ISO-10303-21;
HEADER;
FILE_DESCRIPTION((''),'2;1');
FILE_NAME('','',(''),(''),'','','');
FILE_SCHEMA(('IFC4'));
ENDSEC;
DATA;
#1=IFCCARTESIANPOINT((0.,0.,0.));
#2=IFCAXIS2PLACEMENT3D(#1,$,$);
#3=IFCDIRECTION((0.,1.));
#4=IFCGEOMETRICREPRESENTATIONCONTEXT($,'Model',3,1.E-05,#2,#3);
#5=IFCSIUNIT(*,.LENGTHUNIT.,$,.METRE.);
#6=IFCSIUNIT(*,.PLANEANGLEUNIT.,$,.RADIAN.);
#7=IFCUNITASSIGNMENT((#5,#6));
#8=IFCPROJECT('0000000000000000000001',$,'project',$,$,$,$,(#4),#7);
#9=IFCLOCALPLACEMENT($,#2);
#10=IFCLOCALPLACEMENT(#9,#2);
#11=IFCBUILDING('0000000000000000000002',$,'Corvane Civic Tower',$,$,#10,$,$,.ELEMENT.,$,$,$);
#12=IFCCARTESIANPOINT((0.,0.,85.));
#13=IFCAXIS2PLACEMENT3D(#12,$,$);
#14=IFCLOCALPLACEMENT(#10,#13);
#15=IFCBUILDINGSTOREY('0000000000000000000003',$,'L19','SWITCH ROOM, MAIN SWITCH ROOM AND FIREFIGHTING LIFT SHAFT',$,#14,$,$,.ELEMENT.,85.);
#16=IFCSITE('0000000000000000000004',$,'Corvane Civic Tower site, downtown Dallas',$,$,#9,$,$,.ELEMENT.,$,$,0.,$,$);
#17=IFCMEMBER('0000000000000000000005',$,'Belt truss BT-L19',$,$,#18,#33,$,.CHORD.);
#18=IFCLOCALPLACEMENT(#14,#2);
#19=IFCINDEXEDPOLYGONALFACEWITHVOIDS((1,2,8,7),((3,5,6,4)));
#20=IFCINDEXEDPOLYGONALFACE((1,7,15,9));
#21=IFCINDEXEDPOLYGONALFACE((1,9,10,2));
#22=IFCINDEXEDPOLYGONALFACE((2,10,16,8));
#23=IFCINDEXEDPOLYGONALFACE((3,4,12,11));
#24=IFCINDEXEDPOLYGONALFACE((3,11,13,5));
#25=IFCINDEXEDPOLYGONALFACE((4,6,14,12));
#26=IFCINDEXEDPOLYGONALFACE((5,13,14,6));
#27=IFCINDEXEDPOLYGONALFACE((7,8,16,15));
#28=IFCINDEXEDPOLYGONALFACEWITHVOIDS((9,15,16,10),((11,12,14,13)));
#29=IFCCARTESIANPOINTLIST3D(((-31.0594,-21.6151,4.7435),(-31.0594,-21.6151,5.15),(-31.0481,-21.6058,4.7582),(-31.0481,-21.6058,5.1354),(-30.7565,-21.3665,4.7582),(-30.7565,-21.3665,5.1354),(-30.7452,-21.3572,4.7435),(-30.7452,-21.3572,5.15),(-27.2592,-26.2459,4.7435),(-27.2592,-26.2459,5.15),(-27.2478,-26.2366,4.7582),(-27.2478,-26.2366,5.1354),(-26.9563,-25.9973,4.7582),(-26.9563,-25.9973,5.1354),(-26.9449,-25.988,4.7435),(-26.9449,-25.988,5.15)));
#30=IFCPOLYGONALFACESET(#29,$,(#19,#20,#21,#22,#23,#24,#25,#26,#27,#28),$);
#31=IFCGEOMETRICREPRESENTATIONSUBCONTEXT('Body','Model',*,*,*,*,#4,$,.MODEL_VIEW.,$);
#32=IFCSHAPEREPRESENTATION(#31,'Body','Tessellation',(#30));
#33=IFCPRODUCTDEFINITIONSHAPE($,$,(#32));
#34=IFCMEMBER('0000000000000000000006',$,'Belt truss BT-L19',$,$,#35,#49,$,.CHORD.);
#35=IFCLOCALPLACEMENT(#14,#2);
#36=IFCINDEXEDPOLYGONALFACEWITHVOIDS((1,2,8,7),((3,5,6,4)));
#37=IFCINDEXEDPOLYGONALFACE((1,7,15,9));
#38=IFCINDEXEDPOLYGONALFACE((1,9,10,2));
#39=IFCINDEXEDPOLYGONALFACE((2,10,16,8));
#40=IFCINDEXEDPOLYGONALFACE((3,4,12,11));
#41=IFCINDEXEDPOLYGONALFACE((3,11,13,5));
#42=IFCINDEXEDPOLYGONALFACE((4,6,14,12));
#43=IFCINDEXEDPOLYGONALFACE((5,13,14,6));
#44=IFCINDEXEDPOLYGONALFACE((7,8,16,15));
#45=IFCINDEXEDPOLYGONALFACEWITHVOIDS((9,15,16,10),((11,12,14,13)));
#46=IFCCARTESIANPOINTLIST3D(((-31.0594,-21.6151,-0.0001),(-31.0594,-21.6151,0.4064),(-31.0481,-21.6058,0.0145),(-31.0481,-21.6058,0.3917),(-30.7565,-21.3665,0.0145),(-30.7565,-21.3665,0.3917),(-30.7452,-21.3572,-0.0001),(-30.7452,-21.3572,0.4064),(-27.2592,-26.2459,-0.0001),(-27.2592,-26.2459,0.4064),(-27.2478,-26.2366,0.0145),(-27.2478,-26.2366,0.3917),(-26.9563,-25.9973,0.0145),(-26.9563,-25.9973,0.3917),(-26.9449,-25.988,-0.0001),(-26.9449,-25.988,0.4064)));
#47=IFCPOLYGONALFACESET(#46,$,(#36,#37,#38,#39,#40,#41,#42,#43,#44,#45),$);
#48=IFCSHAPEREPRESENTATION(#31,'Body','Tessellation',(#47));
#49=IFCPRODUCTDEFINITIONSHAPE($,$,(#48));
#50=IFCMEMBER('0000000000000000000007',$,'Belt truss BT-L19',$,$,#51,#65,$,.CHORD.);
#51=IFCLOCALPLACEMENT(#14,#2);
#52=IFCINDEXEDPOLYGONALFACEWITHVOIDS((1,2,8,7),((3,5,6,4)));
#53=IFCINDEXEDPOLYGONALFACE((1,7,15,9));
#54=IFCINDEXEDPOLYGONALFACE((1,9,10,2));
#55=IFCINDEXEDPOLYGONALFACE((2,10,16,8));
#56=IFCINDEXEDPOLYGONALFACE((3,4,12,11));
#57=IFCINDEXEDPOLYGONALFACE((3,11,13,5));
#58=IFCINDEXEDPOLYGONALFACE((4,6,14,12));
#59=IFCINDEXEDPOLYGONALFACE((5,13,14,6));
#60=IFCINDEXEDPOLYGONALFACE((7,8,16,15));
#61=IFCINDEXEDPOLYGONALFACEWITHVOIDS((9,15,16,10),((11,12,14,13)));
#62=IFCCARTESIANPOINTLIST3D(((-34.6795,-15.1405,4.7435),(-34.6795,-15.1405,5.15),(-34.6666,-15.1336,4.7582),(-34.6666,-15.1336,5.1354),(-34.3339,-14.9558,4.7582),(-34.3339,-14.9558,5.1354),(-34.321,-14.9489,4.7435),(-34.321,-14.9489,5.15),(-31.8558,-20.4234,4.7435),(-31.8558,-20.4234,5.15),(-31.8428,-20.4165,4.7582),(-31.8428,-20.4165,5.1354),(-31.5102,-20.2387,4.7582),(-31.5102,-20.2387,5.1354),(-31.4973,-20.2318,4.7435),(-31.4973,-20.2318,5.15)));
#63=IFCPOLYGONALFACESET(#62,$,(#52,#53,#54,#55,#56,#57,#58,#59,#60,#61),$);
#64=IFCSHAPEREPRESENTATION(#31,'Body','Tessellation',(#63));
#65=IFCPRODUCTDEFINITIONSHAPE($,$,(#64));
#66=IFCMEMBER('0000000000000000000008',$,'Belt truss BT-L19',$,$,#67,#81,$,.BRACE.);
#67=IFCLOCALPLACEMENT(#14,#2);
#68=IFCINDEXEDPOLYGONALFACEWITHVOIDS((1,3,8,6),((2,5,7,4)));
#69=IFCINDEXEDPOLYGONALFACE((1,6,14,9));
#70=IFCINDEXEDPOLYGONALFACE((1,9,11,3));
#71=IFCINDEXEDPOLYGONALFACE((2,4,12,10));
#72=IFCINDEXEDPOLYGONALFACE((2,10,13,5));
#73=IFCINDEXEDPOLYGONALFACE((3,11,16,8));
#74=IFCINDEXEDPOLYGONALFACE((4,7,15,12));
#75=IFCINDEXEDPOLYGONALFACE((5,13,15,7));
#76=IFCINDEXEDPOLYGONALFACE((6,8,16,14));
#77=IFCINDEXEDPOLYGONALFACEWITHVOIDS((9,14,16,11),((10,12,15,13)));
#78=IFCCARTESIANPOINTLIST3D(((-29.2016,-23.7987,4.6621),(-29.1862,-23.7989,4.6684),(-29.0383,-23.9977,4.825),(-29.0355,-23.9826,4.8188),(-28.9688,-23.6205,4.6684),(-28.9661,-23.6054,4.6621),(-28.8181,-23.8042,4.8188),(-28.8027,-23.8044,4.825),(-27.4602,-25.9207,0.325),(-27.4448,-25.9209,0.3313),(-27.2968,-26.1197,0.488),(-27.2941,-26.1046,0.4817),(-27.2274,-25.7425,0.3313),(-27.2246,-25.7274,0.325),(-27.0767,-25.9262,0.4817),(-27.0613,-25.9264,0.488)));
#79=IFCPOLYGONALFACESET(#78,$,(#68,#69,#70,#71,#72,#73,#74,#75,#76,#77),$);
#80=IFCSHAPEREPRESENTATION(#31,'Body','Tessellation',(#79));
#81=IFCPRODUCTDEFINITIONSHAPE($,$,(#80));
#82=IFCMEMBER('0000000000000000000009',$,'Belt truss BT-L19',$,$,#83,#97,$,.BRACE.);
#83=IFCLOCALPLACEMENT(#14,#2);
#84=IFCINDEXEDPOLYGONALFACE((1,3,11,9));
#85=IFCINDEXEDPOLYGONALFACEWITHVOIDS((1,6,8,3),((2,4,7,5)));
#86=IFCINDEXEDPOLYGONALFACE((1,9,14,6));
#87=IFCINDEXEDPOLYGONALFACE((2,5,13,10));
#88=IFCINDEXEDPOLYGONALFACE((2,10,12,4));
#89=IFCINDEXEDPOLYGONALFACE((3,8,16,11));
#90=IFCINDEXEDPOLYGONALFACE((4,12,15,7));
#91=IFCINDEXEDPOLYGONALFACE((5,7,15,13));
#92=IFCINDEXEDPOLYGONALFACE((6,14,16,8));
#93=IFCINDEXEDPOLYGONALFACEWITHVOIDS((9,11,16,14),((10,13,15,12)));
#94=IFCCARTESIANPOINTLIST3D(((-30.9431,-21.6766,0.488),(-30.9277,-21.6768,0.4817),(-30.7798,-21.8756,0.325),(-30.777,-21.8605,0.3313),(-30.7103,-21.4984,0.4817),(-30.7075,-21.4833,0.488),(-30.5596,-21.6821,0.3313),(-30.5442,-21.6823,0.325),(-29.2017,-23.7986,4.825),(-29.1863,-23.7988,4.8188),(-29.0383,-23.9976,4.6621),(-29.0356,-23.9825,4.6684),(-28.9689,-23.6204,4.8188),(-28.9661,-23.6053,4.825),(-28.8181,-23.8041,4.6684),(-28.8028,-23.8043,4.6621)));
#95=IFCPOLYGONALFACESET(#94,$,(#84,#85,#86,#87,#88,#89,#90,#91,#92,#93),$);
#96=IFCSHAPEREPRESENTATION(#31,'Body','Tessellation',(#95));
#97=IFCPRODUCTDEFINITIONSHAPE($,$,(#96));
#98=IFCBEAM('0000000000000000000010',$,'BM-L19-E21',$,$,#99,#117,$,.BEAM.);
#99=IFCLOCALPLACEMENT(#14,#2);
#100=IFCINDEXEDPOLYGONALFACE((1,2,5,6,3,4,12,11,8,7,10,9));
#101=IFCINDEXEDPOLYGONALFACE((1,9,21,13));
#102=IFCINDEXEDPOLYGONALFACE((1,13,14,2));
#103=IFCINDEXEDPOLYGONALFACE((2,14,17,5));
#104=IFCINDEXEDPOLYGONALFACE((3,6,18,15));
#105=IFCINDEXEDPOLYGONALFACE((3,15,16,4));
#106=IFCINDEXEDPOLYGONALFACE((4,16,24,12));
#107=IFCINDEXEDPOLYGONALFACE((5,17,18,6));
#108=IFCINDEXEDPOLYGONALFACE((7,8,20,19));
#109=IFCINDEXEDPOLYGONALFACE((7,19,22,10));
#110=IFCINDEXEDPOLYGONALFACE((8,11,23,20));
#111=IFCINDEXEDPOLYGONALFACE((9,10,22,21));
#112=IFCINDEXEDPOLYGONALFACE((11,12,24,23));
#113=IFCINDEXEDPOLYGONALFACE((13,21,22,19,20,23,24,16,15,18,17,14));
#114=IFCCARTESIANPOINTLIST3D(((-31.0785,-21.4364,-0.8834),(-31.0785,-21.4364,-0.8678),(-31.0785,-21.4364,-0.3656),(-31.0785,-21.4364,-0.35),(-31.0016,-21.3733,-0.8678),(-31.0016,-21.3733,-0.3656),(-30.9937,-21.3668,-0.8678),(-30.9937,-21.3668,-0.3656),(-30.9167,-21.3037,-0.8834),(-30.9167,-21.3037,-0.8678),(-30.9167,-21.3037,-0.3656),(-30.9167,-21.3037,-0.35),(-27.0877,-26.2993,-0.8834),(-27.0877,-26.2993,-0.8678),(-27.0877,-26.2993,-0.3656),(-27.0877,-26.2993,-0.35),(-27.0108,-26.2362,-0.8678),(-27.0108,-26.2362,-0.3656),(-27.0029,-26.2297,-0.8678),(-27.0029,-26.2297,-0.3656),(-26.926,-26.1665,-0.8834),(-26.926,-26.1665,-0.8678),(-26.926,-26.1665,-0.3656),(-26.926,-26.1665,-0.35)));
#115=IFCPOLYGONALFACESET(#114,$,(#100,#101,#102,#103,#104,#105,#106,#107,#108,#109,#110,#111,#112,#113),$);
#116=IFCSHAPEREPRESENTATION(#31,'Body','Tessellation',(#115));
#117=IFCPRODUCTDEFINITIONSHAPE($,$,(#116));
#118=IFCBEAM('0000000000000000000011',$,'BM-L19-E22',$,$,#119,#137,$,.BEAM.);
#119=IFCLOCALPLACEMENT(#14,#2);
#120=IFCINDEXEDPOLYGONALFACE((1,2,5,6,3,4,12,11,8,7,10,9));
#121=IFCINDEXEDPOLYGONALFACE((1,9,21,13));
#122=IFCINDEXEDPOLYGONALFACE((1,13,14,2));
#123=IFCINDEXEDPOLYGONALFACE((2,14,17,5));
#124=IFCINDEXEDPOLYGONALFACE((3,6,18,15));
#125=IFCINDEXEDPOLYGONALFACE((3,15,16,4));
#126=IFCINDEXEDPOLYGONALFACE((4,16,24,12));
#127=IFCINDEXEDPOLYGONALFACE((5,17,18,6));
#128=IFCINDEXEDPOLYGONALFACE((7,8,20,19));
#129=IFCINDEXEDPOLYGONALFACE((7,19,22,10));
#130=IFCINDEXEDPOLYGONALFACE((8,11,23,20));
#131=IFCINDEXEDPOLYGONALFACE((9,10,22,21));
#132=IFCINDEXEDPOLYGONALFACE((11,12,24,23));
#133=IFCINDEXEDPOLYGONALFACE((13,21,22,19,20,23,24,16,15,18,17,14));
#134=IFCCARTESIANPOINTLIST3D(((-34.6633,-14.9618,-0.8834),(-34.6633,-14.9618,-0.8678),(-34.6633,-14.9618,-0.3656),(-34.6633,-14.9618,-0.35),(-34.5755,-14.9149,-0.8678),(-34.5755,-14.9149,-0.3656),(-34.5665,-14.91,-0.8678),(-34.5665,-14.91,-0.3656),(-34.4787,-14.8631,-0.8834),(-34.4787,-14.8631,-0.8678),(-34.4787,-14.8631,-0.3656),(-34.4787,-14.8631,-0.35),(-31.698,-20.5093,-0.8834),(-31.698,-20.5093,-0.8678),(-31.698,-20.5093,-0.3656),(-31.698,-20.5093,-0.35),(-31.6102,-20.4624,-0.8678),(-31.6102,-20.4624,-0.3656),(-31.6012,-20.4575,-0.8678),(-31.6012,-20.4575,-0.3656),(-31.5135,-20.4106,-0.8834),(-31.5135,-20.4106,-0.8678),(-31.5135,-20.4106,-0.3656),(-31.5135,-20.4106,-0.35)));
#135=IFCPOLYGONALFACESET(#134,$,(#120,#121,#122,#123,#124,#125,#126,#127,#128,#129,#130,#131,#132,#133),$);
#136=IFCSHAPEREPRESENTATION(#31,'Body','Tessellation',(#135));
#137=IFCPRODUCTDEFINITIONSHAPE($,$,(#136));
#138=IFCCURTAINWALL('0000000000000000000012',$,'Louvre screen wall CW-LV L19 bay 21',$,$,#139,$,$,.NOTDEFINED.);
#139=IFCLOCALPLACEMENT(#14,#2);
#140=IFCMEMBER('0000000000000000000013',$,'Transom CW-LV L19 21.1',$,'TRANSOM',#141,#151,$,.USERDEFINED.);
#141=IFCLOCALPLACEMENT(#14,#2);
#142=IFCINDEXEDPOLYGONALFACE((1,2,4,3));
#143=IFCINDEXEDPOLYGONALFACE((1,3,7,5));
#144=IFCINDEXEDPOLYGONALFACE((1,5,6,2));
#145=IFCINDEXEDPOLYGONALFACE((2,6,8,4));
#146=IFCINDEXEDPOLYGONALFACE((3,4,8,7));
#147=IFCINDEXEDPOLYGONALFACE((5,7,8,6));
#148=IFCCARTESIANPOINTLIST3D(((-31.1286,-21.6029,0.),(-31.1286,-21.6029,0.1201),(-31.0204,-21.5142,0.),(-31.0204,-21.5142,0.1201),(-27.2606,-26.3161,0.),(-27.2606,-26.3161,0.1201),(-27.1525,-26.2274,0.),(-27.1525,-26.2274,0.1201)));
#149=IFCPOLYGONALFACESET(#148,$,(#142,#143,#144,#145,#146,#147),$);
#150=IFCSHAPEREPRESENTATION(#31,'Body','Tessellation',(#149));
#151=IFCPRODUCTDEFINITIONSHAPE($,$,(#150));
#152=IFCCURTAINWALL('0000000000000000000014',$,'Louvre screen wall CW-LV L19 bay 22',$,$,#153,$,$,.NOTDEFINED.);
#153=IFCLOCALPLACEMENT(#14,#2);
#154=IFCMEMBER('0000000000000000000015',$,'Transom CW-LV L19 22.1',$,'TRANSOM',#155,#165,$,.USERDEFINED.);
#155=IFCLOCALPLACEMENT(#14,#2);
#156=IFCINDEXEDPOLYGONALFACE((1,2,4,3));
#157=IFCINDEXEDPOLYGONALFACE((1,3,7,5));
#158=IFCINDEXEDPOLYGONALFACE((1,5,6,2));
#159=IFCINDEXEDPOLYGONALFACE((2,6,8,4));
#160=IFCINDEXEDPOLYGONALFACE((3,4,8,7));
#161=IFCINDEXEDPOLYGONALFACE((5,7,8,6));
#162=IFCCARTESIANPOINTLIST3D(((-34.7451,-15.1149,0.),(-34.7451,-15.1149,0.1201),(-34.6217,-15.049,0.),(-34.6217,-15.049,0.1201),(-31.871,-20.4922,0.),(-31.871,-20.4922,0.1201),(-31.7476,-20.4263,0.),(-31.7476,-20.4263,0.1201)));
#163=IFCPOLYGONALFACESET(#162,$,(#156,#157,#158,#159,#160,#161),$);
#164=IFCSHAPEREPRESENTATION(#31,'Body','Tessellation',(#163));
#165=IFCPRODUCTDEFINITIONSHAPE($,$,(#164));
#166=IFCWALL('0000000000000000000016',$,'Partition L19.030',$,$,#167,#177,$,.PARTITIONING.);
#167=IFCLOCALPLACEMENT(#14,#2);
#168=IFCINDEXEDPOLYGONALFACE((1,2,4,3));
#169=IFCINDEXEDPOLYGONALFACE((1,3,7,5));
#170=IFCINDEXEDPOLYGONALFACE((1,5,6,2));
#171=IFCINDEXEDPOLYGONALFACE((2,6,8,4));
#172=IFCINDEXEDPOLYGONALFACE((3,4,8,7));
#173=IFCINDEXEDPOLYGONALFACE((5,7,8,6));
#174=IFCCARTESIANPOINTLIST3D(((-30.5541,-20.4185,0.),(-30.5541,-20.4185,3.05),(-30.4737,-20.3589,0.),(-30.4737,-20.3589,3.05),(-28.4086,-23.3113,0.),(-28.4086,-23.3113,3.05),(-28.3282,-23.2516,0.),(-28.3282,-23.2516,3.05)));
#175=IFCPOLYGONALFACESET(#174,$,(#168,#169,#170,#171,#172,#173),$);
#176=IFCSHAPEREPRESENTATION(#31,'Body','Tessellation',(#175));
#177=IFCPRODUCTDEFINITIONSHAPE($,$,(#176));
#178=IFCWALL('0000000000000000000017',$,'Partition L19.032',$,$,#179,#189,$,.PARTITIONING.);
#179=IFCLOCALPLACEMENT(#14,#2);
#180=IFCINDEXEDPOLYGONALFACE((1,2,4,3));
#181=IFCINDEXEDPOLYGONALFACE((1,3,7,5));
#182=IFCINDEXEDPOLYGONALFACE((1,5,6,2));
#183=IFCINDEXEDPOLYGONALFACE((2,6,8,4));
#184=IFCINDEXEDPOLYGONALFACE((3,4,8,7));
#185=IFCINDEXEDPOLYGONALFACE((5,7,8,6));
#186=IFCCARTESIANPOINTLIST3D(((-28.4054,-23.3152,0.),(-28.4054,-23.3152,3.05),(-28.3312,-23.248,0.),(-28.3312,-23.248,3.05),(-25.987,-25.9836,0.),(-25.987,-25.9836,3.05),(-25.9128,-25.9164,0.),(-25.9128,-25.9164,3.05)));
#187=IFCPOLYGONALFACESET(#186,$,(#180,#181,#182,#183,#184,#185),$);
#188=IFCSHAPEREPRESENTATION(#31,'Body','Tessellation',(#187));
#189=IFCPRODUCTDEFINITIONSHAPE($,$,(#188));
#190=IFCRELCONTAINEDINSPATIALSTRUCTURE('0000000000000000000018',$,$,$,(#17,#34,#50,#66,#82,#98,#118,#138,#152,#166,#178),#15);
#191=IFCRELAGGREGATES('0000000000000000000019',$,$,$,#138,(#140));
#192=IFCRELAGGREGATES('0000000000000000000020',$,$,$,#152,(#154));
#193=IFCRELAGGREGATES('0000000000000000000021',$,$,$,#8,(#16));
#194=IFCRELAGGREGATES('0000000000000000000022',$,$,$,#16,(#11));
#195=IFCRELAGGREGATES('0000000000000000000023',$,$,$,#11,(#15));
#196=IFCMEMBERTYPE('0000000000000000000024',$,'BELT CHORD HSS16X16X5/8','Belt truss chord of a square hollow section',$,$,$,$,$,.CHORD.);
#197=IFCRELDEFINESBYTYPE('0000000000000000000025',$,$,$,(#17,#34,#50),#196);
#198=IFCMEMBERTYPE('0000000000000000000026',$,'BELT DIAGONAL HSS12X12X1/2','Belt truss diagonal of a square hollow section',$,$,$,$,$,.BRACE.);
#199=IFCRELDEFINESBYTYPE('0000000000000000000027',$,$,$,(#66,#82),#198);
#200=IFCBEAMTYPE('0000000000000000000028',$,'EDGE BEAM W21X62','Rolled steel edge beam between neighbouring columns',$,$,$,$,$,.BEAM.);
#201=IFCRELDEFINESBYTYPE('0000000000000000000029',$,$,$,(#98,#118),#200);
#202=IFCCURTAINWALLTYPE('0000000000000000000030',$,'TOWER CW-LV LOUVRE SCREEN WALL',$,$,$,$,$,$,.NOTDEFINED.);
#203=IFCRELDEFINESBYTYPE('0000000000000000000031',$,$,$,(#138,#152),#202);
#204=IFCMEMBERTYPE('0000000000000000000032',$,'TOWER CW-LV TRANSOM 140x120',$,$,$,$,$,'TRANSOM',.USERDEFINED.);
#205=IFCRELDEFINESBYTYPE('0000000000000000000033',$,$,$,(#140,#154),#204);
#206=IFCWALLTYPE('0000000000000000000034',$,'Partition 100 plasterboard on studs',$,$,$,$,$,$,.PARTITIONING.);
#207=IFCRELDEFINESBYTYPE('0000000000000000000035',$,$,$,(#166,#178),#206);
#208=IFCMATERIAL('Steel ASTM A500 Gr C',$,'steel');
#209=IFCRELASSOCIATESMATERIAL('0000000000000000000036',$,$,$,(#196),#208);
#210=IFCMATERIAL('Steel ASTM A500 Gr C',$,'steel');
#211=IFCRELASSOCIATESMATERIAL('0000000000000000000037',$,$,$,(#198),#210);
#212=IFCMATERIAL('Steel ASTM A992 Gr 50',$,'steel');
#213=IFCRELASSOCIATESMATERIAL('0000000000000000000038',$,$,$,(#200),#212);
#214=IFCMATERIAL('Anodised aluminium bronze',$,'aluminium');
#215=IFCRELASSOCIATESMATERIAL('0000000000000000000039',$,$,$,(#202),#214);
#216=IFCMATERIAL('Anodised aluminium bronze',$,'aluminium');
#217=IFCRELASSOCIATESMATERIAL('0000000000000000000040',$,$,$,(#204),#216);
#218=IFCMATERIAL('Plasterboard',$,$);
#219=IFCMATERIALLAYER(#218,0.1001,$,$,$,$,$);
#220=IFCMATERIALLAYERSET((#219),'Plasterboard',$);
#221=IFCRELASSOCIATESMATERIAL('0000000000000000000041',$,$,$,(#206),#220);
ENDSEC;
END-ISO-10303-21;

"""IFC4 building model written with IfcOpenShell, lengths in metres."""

from ifc_helpers import new_model, si_unit, direction, frame, frame_2d, origin, origin_2d, place, context, subcontext, project, spatial, rectangle, hollow_rectangle, i_section, extrude, material, layer, layer_set, material_profile, profile_set, type_object, element, aggregate, save


model = new_model("IFC4")

# Units and contexts
model_context = context("Model", 3, precision=1e-05, world=origin(), true_north=direction((0.0, 1.0)))
body_context = subcontext(model_context, "Body", "Model", "MODEL_VIEW")
ifc_project = project(units=[si_unit("LENGTHUNIT", "METRE"), si_unit("PLANEANGLEUNIT", "RADIAN")], contexts=[model_context])

# Site, building, storey
site_placement = place(None, origin())
site = spatial("IfcSite", under=ifc_project, at=site_placement, Name="Corvane Civic Tower site, downtown Dallas", CompositionType="ELEMENT", RefElevation=0.0)
building_placement = place(site_placement, origin())
building = spatial("IfcBuilding", under=site, at=building_placement, Name="Corvane Civic Tower", CompositionType="ELEMENT")
storey_placement = place(building_placement, frame((0.0, 0.0, 85.0)))
storey = spatial("IfcBuildingStorey", under=building, at=storey_placement, Name="L19", Description="SWITCH ROOM, MAIN SWITCH ROOM AND FIREFIGHTING LIFT SHAFT", CompositionType="ELEMENT", Elevation=85.0)

# Members
ifc_material_1 = material(Name="Steel ASTM A500 Gr C", Category="steel")
ifc_material_profile_1 = material_profile(ifc_material_1, hollow_rectangle(XDim=0.4065, YDim=0.4065, WallThickness=0.0146, at=origin_2d()), Name="HSS16X16X5/8")
ifc_profile_set_1 = profile_set([ifc_material_profile_1], Name="Steel ASTM A500 Gr C")
member_type_1 = type_object("IfcMemberType", Name="BELT CHORD HSS16X16X5/8", Description="Belt truss chord of a square hollow section", PredefinedType="CHORD", material=ifc_profile_set_1)
for number, where, z_axis, x_axis, name in (
    (1, (-27.1021, -26.1169, 4.9468), (-0.634378, 0.773023, 0.0), (-0.773023, -0.634378, 0.0), "Belt truss BT-L19"),
    (2, (-27.1021, -26.1169, 0.2031), (-0.634378, 0.773023, 0.0), (-0.773023, -0.634378, 0.0), "Belt truss BT-L19"),
):
    element("IfcMember", number, at=place(storey_placement, frame(where, z_axis=z_axis, x_axis=x_axis)), inside=storey, type_object=member_type_1, Name=name, PredefinedType="CHORD", context=body_context, shape_type="SweptSolid", body=[
        extrude(hollow_rectangle(XDim=0.4065, YDim=0.4065, WallThickness=0.0146, at=origin_2d()), origin(), (0.0, 0.0, 1.0), 5.9905),
    ])
member_1_placement = place(storey_placement, frame((-31.6765, -20.3276, 4.9468), z_axis=(-0.471388, 0.881926, 0.0), x_axis=(-0.881926, -0.471388, 0.0)))
element("IfcMember", 3, at=member_1_placement, inside=storey, type_object=member_type_1, Name="Belt truss BT-L19", PredefinedType="CHORD", context=body_context, shape_type="SweptSolid", body=[
    extrude(hollow_rectangle(XDim=0.4065, YDim=0.4065, WallThickness=0.0146, at=origin_2d()), origin(), (0.0, 0.0, 1.0), 5.9902),
])
ifc_material_2 = material(Name="Steel ASTM A500 Gr C", Category="steel")
ifc_material_profile_2 = material_profile(ifc_material_2, hollow_rectangle(XDim=0.3047, YDim=0.3047, WallThickness=0.0117, at=origin_2d()), Name="HSS12X12X1/2")
ifc_profile_set_2 = profile_set([ifc_material_profile_2], Name="Steel ASTM A500 Gr C")
member_type_2 = type_object("IfcMemberType", Name="BELT DIAGONAL HSS12X12X1/2", Description="Belt truss diagonal of a square hollow section", PredefinedType="BRACE", material=ifc_profile_set_2)
for number, where, z_axis, x_axis, name in (
    (4, (-27.2607, -25.9236, 0.4065), (-0.339272, 0.413424, 0.84497), (-0.773025, -0.634375, 0.0), "Belt truss BT-L19"),
    (5, (-30.7437, -21.6794, 0.4065), (0.339272, -0.413424, 0.84497), (0.773025, 0.634375, 0.0), "Belt truss BT-L19"),
):
    element("IfcMember", number, at=place(storey_placement, frame(where, z_axis=z_axis, x_axis=x_axis)), inside=storey, type_object=member_type_2, Name=name, PredefinedType="BRACE", context=body_context, shape_type="SweptSolid", body=[
        extrude(hollow_rectangle(XDim=0.3047, YDim=0.3047, WallThickness=0.0117, at=origin_2d()), origin(), (0.0, 0.0, 1.0), 5.1328),
    ])

# Beams
ifc_material_3 = material(Name="Steel ASTM A992 Gr 50", Category="steel")
ifc_material_profile_3 = material_profile(ifc_material_3, i_section(OverallWidth=0.2092, OverallDepth=0.5334, WebThickness=0.0103, FlangeThickness=0.0156, at=origin_2d()), Name="W21X62")
ifc_profile_set_3 = profile_set([ifc_material_profile_3], Name="Steel ASTM A992 Gr 50")
beam_type = type_object("IfcBeamType", Name="EDGE BEAM W21X62", Description="Rolled steel edge beam between neighbouring columns", PredefinedType="BEAM", material=ifc_profile_set_3)
beam_1_placement = place(storey_placement, frame((-27.0068, -26.2329, -0.6167), z_axis=(-0.634387, 0.773016, 0.0), x_axis=(-0.773016, -0.634387, 0.0)))
element("IfcBeam", 6, at=beam_1_placement, inside=storey, type_object=beam_type, Name="BM-L19-E21", PredefinedType="BEAM", context=body_context, shape_type="SweptSolid", body=[
    extrude(i_section(OverallWidth=0.2092, OverallDepth=0.5334, WebThickness=0.0103, FlangeThickness=0.0156, at=origin_2d()), origin(), (0.0, 0.0, 1.0), 6.2908),
])
beam_2_placement = place(storey_placement, frame((-31.6057, -20.46, -0.6167), z_axis=(-0.471406, 0.881916, 0.0), x_axis=(-0.881916, -0.471406, 0.0)))
element("IfcBeam", 7, at=beam_2_placement, inside=storey, type_object=beam_type, Name="BM-L19-E22", PredefinedType="BEAM", context=body_context, shape_type="SweptSolid", body=[
    extrude(i_section(OverallWidth=0.2092, OverallDepth=0.5334, WebThickness=0.0103, FlangeThickness=0.0156, at=origin_2d()), origin(), (0.0, 0.0, 1.0), 6.2903),
])

# Curtain walls, members
ifc_material_4 = material(Name="Anodised aluminium bronze", Category="aluminium")
curtain_wall_type = type_object("IfcCurtainWallType", Name="TOWER CW-LV LOUVRE SCREEN WALL", PredefinedType="NOTDEFINED", material=ifc_material_4)
curtain_wall_1_placement = place(storey_placement, origin())
curtain_wall_1 = element("IfcCurtainWall", 8, at=curtain_wall_1_placement, inside=storey, type_object=curtain_wall_type, Name="Louvre screen wall CW-LV L19 bay 21", PredefinedType="NOTDEFINED")
ifc_material_5 = material(Name="Anodised aluminium bronze", Category="aluminium")
ifc_material_profile_4 = material_profile(ifc_material_5, rectangle(XDim=0.1399, YDim=0.1201, at=origin_2d()), Name="TOWER CW-LV TRANSOM 140x120")
ifc_profile_set_4 = profile_set([ifc_material_profile_4], Name="Anodised aluminium bronze")
member_type_3 = type_object("IfcMemberType", Name="TOWER CW-LV TRANSOM 140x120", ElementType="TRANSOM", PredefinedType="USERDEFINED", material=ifc_profile_set_4)
member_2_placement = place(storey_placement, frame((-27.2065, -26.2717, 0.0601), z_axis=(-0.634388, 0.773014, 0.0), x_axis=(-0.773014, -0.634388, 0.0)))
member_2 = element("IfcMember", 9, at=member_2_placement, type_object=member_type_3, Name="Transom CW-LV L19 21.1", ObjectType="TRANSOM", PredefinedType="USERDEFINED", context=body_context, shape_type="SweptSolid", body=[
    extrude(rectangle(XDim=0.1399, YDim=0.1201, at=origin_2d()), origin(), (0.0, 0.0, 1.0), 6.0972),
])
curtain_wall_2_placement = place(storey_placement, origin())
curtain_wall_2 = element("IfcCurtainWall", 10, at=curtain_wall_2_placement, inside=storey, type_object=curtain_wall_type, Name="Louvre screen wall CW-LV L19 bay 22", PredefinedType="NOTDEFINED")
member_3_placement = place(storey_placement, frame((-31.8093, -20.4592, 0.0601), z_axis=(-0.471378, 0.881931, 0.0), x_axis=(-0.881931, -0.471378, 0.0)))
member_3 = element("IfcMember", 11, at=member_3_placement, type_object=member_type_3, Name="Transom CW-LV L19 22.1", ObjectType="TRANSOM", PredefinedType="USERDEFINED", context=body_context, shape_type="SweptSolid", body=[
    extrude(rectangle(XDim=0.1399, YDim=0.1201, at=origin_2d()), origin(), (0.0, 0.0, 1.0), 6.0972),
])

# Walls
ifc_material_6 = material(Name="Plasterboard")
ifc_layer = layer(ifc_material_6, 0.1001)
ifc_layer_set = layer_set([ifc_layer], Name="Plasterboard")
wall_type = type_object("IfcWallType", Name="Partition 100 plasterboard on studs", PredefinedType="PARTITIONING", material=ifc_layer_set)
wall_placement = place(storey_placement, frame((-30.5139, -20.3887, 0.0), z_axis=(0.0, 0.0, 1.0), x_axis=(0.595707, -0.803202, 0.0)))
element("IfcWall", 12, at=wall_placement, inside=storey, type_object=wall_type, Name="Partition L19.030", PredefinedType="PARTITIONING", context=body_context, shape_type="SweptSolid", body=[
    extrude(rectangle(XDim=3.6016, YDim=0.1001, at=frame_2d((1.8008, 0.0))), origin(), (0.0, 0.0, 1.0), 3.05),
])
for number, where, z_axis, x_axis, name in (
    (13, (-28.3684, -23.2815, 0.0), (0.0, 0.0, 1.0), (0.671545, -0.740964, 0.0), "Partition L19.032"),
):
    element("IfcWall", number, at=place(storey_placement, frame(where, z_axis=z_axis, x_axis=x_axis)), inside=storey, type_object=wall_type, Name=name, PredefinedType="PARTITIONING", context=body_context, shape_type="SweptSolid", body=[
        extrude(rectangle(XDim=3.6013, YDim=0.1001, at=frame_2d((1.8008, 0.0))), origin(), (0.0, 0.0, 1.0), 3.05),
    ])

aggregate(curtain_wall_1, [member_2])
aggregate(curtain_wall_2, [member_3])

save(model, "model.ifc")
